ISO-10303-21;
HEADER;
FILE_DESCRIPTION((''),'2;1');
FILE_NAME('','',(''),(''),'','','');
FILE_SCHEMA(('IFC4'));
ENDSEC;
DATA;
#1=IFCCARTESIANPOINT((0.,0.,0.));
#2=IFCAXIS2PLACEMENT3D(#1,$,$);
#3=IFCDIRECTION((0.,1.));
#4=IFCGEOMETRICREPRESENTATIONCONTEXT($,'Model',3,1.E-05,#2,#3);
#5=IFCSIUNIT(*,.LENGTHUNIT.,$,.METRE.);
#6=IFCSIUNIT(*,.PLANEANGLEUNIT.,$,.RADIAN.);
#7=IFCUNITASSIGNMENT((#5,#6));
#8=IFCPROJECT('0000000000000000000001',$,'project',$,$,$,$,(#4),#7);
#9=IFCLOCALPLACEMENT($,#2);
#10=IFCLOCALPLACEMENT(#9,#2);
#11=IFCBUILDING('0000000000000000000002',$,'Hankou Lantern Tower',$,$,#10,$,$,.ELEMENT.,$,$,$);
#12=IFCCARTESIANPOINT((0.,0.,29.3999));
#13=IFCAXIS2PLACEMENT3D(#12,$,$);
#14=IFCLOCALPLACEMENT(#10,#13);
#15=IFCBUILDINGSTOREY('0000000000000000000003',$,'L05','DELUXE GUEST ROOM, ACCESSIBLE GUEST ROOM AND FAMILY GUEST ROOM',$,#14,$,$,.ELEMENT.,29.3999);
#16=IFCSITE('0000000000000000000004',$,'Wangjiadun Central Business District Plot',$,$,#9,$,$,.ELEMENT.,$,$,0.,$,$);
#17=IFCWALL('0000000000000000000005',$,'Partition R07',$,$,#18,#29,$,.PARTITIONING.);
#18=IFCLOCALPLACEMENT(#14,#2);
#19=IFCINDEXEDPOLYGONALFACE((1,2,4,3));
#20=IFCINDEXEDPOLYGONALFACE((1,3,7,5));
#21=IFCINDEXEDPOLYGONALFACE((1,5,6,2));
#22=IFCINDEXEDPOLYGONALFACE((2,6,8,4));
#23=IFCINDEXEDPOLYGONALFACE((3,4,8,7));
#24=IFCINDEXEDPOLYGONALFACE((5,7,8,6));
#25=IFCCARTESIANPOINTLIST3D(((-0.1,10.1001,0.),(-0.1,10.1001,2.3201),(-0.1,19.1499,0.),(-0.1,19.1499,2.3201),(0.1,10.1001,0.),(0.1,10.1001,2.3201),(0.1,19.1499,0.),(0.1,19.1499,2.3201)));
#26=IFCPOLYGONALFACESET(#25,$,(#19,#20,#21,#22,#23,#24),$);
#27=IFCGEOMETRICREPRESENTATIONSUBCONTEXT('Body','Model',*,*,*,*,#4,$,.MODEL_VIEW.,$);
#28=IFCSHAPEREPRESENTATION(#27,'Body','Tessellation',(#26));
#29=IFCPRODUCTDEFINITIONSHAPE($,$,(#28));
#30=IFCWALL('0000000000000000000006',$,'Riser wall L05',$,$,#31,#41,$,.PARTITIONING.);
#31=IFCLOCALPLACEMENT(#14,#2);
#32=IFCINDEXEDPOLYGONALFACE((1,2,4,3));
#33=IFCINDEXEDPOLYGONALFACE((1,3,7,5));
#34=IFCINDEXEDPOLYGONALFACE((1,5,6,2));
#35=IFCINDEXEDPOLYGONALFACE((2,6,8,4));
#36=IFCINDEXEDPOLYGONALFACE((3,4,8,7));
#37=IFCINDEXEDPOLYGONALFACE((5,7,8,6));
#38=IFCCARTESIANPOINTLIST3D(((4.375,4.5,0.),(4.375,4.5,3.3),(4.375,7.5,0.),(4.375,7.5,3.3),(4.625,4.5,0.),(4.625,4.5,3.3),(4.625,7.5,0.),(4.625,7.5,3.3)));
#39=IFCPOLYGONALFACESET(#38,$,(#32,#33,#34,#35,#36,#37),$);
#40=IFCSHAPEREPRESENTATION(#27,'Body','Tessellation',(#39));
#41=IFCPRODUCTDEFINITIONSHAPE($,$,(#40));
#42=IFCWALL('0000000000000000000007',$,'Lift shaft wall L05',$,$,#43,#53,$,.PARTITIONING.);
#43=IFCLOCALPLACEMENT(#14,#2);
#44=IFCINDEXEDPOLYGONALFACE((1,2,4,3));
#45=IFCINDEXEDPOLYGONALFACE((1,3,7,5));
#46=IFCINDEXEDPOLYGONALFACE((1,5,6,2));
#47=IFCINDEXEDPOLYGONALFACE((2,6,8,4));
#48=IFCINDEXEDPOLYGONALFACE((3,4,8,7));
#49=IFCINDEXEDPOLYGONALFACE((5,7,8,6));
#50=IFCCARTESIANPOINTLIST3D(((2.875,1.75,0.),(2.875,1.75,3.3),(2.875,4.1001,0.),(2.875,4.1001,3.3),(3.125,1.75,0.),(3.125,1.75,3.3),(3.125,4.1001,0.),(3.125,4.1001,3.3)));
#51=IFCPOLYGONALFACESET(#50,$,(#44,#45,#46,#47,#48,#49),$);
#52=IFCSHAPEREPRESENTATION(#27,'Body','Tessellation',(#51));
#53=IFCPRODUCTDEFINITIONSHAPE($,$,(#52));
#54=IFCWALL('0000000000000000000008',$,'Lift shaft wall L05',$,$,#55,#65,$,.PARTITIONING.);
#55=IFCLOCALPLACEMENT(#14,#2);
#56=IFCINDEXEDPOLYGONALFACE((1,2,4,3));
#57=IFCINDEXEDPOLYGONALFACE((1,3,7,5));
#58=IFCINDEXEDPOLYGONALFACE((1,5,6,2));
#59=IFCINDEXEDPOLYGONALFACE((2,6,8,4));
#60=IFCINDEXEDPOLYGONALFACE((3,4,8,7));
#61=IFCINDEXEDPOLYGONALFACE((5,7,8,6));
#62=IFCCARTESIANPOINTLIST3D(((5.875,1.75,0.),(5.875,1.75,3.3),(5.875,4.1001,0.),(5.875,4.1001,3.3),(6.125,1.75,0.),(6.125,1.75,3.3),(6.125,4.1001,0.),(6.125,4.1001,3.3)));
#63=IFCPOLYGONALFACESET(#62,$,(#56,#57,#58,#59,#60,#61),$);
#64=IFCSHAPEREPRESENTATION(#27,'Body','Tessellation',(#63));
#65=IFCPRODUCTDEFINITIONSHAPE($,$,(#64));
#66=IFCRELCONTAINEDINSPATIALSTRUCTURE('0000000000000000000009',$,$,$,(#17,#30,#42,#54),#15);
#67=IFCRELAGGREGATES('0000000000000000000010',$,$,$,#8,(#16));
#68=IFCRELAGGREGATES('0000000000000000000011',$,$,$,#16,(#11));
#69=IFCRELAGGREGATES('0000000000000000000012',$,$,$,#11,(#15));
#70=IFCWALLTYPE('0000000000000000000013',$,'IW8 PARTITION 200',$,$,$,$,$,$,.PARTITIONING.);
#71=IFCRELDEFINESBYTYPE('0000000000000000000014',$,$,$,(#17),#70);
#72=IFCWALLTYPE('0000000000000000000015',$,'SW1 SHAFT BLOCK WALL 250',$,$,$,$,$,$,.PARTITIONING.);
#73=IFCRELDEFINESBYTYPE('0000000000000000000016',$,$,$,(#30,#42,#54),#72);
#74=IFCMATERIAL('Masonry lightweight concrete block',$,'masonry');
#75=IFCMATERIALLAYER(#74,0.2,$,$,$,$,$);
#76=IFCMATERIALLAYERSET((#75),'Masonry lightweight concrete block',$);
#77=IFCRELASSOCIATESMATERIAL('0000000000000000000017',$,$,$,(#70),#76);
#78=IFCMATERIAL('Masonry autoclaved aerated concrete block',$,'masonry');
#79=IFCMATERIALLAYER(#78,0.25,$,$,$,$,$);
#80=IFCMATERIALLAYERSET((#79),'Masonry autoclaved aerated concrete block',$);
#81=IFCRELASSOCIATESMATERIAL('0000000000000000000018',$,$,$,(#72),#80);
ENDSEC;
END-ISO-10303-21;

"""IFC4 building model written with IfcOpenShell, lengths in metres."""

from ifc_helpers import new_model, si_unit, direction, frame, frame_2d, origin, place, context, subcontext, project, spatial, rectangle, extrude, material, layer, layer_set, type_object, element, save


model = new_model("IFC4")

# Units and contexts
model_context = context("Model", 3, precision=1e-05, world=origin(), true_north=direction((0.0, 1.0)))
body_context = subcontext(model_context, "Body", "Model", "MODEL_VIEW")
ifc_project = project(units=[si_unit("LENGTHUNIT", "METRE"), si_unit("PLANEANGLEUNIT", "RADIAN")], contexts=[model_context])

# Site, building, storey
site_placement = place(None, origin())
site = spatial("IfcSite", under=ifc_project, at=site_placement, Name="Wangjiadun Central Business District Plot", CompositionType="ELEMENT", RefElevation=0.0)
building_placement = place(site_placement, origin())
building = spatial("IfcBuilding", under=site, at=building_placement, Name="Hankou Lantern Tower", CompositionType="ELEMENT")
storey_placement = place(building_placement, frame((0.0, 0.0, 29.3999)))
storey = spatial("IfcBuildingStorey", under=building, at=storey_placement, Name="L05", Description="DELUXE GUEST ROOM, ACCESSIBLE GUEST ROOM AND FAMILY GUEST ROOM", CompositionType="ELEMENT", Elevation=29.3999)

# Walls
ifc_material_1 = material(Name="Masonry lightweight concrete block", Category="masonry")
ifc_layer_1 = layer(ifc_material_1, 0.2)
ifc_layer_set_1 = layer_set([ifc_layer_1], Name="Masonry lightweight concrete block")
wall_type_1 = type_object("IfcWallType", Name="IW8 PARTITION 200", PredefinedType="PARTITIONING", material=ifc_layer_set_1)
wall_1_placement = place(storey_placement, frame((0.0, 10.1001, 0.0), z_axis=(0.0, 0.0, 1.0), x_axis=(0.0, 1.0, 0.0)))
element("IfcWall", 1, at=wall_1_placement, inside=storey, type_object=wall_type_1, Name="Partition R07", PredefinedType="PARTITIONING", context=body_context, shape_type="SweptSolid", body=[
    extrude(rectangle(XDim=9.0498, YDim=0.2, at=frame_2d((4.5249, 0.0))), origin(), (0.0, 0.0, 1.0), 2.3201),
])
ifc_material_2 = material(Name="Masonry autoclaved aerated concrete block", Category="masonry")
ifc_layer_2 = layer(ifc_material_2, 0.25)
ifc_layer_set_2 = layer_set([ifc_layer_2], Name="Masonry autoclaved aerated concrete block")
wall_type_2 = type_object("IfcWallType", Name="SW1 SHAFT BLOCK WALL 250", PredefinedType="PARTITIONING", material=ifc_layer_set_2)
wall_2_placement = place(storey_placement, frame((4.5, 4.5, 0.0), z_axis=(0.0, 0.0, 1.0), x_axis=(0.0, 1.0, 0.0)))
element("IfcWall", 2, at=wall_2_placement, inside=storey, type_object=wall_type_2, Name="Riser wall L05", PredefinedType="PARTITIONING", context=body_context, shape_type="SweptSolid", body=[
    extrude(rectangle(XDim=3.0, YDim=0.25, at=frame_2d((1.5, 0.0))), origin(), (0.0, 0.0, 1.0), 3.3),
])
for number, where, z_axis, x_axis, name in (
    (3, (3.0, 1.75, 0.0), (0.0, 0.0, 1.0), (0.0, 1.0, 0.0), "Lift shaft wall L05"),
    (4, (6.0, 1.75, 0.0), (0.0, 0.0, 1.0), (0.0, 1.0, 0.0), "Lift shaft wall L05"),
):
    element("IfcWall", number, at=place(storey_placement, frame(where, z_axis=z_axis, x_axis=x_axis)), inside=storey, type_object=wall_type_2, Name=name, PredefinedType="PARTITIONING", context=body_context, shape_type="SweptSolid", body=[
        extrude(rectangle(XDim=2.3501, YDim=0.25, at=frame_2d((1.175, 0.0))), origin(), (0.0, 0.0, 1.0), 3.3),
    ])

save(model, "model.ifc")
